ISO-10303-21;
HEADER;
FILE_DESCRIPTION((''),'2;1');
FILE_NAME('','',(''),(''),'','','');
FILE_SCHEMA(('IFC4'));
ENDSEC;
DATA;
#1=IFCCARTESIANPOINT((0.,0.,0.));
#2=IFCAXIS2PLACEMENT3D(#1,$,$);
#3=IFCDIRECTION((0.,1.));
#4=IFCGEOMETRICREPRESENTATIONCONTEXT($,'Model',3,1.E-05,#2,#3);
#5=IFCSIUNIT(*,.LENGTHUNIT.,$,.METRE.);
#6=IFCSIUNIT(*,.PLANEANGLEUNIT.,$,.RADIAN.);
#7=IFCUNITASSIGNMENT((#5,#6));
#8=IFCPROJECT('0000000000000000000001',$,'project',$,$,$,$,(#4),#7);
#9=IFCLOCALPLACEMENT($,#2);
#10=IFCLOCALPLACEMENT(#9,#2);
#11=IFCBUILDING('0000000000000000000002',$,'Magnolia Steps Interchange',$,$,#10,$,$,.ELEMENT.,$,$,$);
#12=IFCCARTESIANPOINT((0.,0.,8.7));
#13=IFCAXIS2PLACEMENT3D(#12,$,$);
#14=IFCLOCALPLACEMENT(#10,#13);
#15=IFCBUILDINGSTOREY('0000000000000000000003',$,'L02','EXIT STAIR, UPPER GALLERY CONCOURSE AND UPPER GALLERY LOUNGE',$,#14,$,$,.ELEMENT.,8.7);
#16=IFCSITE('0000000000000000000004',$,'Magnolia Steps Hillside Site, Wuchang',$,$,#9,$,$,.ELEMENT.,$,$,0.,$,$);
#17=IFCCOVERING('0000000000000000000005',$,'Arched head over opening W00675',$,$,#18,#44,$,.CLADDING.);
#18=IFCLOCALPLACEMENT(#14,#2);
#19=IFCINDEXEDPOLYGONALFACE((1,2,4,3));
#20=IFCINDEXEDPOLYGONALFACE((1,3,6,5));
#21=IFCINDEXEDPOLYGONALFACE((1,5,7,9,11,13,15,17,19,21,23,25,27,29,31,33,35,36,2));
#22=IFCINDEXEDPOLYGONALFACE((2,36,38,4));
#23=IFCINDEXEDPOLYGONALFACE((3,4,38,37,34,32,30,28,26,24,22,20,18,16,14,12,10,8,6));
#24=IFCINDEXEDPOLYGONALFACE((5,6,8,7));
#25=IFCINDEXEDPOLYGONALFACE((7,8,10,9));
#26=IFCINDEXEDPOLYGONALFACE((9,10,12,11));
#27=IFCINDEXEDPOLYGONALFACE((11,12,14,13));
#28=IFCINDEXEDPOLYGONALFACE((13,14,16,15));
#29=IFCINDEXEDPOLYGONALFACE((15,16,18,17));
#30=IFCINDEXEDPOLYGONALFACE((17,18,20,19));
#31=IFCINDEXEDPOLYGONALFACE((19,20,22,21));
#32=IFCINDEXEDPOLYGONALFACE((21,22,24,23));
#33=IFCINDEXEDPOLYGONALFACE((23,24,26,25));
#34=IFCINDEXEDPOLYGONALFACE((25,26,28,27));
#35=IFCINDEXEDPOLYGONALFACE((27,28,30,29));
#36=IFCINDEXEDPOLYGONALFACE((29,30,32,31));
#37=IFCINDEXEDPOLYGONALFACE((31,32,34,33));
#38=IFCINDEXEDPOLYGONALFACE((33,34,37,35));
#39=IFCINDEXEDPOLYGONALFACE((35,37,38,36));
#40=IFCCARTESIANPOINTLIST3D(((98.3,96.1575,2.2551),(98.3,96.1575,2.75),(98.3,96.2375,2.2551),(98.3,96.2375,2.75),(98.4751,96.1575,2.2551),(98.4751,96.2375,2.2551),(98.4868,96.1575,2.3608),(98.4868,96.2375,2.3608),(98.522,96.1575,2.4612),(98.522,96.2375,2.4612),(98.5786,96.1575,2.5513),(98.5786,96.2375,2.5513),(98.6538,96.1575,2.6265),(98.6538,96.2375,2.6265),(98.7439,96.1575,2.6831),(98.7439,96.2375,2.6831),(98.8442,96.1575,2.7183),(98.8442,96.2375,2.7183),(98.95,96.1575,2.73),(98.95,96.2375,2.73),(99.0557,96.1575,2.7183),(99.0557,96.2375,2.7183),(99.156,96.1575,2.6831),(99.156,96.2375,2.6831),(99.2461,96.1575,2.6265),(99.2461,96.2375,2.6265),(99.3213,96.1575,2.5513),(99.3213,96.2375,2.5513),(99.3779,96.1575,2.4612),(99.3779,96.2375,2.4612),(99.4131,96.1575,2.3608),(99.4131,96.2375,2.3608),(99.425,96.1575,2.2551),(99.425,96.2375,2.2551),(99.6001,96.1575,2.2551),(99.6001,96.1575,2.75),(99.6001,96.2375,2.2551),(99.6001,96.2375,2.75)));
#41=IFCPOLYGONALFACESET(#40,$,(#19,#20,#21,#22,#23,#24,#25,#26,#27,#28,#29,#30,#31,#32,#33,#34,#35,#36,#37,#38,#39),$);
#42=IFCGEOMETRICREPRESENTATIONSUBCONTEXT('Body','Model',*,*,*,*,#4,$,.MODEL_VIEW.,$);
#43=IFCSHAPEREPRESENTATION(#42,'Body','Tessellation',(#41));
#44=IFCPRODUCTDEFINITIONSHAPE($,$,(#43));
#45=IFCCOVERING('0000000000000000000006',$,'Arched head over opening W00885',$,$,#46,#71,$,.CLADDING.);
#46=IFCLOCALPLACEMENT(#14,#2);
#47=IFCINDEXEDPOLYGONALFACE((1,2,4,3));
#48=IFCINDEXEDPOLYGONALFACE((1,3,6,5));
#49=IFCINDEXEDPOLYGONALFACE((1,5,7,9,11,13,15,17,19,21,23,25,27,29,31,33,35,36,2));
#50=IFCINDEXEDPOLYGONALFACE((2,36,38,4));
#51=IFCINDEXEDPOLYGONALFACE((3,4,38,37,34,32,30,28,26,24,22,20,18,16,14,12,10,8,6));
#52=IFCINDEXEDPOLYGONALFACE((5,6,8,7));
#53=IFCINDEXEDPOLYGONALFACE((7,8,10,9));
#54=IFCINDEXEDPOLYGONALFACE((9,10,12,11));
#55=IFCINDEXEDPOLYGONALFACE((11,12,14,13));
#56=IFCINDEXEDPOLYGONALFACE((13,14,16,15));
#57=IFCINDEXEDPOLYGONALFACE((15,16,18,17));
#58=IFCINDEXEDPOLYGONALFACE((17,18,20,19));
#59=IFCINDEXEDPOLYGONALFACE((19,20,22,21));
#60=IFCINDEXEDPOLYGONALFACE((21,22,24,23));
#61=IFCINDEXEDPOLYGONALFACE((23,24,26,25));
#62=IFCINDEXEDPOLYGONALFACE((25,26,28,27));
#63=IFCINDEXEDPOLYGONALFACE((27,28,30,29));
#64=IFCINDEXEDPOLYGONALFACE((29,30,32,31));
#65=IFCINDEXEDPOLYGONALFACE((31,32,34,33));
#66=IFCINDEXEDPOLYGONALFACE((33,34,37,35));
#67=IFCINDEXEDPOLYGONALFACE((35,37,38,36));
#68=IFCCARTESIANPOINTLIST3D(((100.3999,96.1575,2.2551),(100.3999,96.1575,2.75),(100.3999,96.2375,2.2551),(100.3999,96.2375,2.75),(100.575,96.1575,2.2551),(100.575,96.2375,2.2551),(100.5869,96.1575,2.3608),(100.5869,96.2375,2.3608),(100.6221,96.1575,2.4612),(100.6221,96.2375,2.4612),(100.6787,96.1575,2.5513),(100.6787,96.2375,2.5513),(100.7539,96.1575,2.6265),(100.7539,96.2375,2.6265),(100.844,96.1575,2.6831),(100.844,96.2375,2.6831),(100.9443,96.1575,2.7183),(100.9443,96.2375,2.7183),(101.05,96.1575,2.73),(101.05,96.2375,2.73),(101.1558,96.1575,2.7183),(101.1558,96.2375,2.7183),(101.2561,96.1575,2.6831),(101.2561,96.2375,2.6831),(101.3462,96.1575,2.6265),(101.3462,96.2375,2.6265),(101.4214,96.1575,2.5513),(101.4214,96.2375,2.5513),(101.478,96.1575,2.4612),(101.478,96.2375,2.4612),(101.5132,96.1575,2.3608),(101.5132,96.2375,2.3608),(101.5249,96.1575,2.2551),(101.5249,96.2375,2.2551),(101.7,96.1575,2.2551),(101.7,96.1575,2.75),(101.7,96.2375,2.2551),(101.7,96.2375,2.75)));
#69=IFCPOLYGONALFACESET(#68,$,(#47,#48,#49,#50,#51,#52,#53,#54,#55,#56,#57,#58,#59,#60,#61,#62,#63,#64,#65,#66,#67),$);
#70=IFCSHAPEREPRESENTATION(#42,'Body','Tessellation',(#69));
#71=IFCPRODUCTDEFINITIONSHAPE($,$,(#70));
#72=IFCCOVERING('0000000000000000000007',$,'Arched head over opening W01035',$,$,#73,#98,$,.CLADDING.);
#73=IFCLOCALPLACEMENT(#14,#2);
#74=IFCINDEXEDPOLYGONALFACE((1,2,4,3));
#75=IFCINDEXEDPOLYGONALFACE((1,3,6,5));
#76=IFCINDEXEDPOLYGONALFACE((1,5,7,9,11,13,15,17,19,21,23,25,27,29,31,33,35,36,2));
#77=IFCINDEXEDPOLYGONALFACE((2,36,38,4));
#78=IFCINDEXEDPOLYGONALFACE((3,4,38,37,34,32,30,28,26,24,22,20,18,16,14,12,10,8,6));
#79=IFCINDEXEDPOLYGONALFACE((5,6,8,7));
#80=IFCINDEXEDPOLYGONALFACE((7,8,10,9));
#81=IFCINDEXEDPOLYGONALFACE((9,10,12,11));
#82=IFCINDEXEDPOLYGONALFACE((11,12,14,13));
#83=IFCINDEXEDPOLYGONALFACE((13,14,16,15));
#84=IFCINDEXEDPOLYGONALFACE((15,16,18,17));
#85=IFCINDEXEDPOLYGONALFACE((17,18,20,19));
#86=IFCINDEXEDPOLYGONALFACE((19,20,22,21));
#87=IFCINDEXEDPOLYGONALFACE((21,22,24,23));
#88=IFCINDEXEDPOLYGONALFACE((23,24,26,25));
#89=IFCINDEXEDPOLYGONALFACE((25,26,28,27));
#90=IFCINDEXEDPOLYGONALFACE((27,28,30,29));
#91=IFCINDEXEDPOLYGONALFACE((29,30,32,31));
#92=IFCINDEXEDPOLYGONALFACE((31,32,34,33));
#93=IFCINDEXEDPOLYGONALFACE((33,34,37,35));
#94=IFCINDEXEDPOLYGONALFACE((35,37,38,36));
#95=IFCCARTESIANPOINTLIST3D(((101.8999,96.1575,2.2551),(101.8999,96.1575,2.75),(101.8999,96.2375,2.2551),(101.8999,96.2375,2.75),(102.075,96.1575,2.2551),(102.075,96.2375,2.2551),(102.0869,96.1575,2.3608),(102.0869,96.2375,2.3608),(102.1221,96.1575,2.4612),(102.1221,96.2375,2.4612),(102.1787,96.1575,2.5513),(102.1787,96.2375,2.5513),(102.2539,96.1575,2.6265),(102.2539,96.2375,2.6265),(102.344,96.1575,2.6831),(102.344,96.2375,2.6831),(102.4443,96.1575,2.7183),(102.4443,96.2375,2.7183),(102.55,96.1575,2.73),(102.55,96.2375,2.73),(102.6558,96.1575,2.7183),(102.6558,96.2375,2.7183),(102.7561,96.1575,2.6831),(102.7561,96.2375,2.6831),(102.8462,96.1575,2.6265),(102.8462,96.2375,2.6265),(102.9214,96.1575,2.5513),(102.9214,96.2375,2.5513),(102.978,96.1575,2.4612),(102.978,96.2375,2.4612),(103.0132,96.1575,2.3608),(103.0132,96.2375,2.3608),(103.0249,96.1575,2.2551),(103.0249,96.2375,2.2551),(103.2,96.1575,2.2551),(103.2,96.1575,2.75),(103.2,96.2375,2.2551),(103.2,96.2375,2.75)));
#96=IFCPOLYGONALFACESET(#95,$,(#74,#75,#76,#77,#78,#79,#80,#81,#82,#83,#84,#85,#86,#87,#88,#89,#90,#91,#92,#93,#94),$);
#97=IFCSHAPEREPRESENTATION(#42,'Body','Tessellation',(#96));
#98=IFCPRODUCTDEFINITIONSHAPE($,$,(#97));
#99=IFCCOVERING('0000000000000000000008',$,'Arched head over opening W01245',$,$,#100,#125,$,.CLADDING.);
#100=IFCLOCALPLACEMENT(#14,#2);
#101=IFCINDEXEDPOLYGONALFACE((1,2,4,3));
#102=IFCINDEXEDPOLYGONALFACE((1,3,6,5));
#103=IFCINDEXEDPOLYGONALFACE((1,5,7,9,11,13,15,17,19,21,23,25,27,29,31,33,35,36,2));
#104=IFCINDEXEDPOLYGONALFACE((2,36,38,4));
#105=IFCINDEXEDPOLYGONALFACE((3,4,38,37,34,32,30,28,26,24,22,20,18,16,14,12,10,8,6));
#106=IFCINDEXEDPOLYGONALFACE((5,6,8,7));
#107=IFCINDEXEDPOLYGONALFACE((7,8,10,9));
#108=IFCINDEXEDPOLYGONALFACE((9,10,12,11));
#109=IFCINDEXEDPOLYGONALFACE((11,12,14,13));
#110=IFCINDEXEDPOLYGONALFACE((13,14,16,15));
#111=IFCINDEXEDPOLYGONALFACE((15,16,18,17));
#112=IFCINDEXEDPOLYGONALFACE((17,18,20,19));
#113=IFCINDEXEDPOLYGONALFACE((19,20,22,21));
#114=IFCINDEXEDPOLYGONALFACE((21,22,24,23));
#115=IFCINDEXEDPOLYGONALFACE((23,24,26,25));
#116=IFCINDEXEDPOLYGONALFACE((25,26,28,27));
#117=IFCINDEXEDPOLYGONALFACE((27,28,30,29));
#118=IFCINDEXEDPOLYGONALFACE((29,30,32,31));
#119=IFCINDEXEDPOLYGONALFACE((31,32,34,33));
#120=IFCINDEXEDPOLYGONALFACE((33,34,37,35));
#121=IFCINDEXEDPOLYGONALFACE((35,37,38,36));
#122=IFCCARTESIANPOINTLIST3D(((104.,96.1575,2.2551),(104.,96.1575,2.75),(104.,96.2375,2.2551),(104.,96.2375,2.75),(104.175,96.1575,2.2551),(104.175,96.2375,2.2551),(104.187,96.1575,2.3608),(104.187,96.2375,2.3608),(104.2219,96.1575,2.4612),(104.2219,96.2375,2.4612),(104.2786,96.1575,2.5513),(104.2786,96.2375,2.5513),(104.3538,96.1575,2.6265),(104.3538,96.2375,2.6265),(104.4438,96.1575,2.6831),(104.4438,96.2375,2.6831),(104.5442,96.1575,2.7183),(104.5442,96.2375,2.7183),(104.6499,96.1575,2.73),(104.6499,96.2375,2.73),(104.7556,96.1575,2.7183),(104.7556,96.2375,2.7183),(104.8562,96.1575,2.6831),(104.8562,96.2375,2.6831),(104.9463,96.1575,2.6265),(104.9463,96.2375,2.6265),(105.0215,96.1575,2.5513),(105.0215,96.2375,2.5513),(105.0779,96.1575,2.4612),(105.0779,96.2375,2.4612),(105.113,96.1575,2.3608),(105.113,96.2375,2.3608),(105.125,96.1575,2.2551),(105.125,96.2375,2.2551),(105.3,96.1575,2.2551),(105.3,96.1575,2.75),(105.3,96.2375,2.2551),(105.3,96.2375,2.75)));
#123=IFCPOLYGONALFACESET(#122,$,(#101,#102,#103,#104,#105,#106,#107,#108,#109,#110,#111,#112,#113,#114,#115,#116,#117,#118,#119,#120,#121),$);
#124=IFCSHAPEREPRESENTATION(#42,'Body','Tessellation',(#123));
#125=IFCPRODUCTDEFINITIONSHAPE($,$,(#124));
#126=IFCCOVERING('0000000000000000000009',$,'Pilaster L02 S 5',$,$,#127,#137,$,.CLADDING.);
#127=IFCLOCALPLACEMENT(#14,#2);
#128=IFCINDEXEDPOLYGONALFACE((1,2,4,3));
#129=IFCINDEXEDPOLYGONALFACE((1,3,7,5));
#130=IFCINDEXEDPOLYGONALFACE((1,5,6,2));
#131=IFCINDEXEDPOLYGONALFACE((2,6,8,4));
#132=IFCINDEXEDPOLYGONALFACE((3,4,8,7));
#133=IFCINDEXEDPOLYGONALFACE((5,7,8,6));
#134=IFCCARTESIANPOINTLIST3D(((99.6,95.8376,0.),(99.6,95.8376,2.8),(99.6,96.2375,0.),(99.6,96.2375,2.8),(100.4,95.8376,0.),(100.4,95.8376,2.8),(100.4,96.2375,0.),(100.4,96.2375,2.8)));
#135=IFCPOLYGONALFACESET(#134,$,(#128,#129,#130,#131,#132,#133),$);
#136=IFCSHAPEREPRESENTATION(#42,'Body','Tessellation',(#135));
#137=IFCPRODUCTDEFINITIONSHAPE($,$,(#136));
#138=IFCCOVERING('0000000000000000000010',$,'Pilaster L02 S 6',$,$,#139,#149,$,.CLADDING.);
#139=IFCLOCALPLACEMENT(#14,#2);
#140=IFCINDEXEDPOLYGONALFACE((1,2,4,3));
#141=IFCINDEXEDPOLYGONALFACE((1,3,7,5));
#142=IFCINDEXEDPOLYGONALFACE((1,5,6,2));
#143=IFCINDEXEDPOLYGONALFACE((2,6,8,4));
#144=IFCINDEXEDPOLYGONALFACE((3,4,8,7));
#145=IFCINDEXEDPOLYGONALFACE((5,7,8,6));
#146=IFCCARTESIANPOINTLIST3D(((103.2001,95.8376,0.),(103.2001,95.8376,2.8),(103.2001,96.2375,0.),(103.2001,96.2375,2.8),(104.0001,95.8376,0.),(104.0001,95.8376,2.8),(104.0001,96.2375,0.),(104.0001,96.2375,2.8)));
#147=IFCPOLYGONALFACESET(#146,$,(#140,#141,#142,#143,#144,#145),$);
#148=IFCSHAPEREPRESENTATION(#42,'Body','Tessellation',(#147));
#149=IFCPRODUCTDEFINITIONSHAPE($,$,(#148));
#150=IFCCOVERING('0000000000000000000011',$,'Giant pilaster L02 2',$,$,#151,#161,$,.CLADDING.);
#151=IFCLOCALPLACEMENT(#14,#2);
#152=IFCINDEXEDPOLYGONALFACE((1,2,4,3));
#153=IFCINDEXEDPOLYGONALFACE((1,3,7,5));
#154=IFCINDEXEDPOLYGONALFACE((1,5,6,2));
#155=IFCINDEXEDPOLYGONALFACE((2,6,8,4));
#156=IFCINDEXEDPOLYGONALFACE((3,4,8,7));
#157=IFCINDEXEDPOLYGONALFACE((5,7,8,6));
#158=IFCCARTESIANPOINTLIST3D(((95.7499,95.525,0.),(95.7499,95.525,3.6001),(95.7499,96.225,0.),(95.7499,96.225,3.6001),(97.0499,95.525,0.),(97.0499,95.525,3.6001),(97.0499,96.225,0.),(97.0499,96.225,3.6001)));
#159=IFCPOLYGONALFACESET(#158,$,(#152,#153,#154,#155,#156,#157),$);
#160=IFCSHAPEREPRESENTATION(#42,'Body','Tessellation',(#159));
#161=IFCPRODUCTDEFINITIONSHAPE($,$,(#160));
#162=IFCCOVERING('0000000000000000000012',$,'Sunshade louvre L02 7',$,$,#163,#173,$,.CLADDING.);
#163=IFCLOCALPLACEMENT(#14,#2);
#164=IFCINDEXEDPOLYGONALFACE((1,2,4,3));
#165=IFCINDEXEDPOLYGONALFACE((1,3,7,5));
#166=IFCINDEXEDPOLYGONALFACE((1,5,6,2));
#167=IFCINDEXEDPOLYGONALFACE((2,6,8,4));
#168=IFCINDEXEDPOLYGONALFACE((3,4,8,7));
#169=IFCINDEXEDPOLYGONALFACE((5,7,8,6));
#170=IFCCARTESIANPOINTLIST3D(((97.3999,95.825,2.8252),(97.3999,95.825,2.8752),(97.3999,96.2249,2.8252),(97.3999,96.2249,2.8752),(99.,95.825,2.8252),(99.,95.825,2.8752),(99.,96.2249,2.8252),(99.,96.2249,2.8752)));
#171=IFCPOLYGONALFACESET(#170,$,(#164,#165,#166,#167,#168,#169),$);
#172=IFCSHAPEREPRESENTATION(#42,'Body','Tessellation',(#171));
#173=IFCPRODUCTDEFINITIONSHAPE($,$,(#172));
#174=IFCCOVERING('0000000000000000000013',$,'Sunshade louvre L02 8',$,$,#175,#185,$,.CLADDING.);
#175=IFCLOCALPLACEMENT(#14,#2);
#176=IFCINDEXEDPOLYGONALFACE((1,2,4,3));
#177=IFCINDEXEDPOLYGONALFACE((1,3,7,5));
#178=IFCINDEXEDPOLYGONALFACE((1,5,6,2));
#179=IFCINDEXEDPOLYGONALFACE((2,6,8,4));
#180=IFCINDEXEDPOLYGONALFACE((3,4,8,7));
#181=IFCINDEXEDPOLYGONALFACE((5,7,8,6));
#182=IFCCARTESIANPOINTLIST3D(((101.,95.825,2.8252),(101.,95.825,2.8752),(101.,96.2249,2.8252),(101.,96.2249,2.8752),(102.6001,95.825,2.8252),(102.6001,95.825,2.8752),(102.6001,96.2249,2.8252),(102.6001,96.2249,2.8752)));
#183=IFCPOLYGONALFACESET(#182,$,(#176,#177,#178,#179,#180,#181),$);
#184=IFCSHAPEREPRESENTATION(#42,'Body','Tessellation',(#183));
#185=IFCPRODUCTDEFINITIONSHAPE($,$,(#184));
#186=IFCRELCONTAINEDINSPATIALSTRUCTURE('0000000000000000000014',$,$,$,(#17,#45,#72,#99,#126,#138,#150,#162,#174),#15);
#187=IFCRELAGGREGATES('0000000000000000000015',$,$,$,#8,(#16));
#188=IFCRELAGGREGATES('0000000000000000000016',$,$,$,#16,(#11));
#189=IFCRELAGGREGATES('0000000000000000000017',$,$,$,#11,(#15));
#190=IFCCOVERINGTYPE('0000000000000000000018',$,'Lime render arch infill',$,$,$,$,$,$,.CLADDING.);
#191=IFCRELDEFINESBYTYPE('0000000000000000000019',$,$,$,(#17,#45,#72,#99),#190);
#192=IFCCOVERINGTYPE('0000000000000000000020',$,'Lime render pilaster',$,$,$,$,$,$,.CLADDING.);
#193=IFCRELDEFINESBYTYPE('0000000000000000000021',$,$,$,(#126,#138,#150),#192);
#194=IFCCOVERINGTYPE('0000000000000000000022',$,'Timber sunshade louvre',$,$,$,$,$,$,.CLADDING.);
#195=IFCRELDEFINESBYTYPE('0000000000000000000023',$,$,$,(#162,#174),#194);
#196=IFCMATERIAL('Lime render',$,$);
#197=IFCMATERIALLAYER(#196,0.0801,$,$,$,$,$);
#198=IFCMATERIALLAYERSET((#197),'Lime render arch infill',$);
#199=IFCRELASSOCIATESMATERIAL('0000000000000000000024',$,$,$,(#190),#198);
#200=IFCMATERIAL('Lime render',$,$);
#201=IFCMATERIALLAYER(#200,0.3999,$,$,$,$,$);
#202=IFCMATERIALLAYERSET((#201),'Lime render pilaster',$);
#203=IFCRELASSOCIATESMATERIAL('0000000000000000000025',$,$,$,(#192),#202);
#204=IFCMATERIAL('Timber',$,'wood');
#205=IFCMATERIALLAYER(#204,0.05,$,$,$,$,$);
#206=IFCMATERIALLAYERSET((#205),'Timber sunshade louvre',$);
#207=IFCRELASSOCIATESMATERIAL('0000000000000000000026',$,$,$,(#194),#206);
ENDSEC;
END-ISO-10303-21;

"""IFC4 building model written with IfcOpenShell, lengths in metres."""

from ifc_helpers import new_model, si_unit, direction, frame, origin, origin_2d, place, context, subcontext, project, spatial, polyline, rectangle, outline, extrude, material, layer, layer_set, type_object, element, save


model = new_model("IFC4")

# Units and contexts
model_context = context("Model", 3, precision=1e-05, world=origin(), true_north=direction((0.0, 1.0)))
body_context = subcontext(model_context, "Body", "Model", "MODEL_VIEW")
ifc_project = project(units=[si_unit("LENGTHUNIT", "METRE"), si_unit("PLANEANGLEUNIT", "RADIAN")], contexts=[model_context])

# Site, building, storey
site_placement = place(None, origin())
site = spatial("IfcSite", under=ifc_project, at=site_placement, Name="Magnolia Steps Hillside Site, Wuchang", CompositionType="ELEMENT", RefElevation=0.0)
building_placement = place(site_placement, origin())
building = spatial("IfcBuilding", under=site, at=building_placement, Name="Magnolia Steps Interchange", CompositionType="ELEMENT")
storey_placement = place(building_placement, frame((0.0, 0.0, 8.7)))
storey = spatial("IfcBuildingStorey", under=building, at=storey_placement, Name="L02", Description="EXIT STAIR, UPPER GALLERY CONCOURSE AND UPPER GALLERY LOUNGE", CompositionType="ELEMENT", Elevation=8.7)

# Coverings
ifc_material_1 = material(Name="Lime render")
ifc_layer_1 = layer(ifc_material_1, 0.0801)
ifc_layer_set_1 = layer_set([ifc_layer_1], Name="Lime render arch infill")
covering_type_1 = type_object("IfcCoveringType", Name="Lime render arch infill", PredefinedType="CLADDING", material=ifc_layer_set_1)
for number, where, z_axis, x_axis, name in (
    (1, (98.3, 96.2375, 2.2551), (0.0, 1.0, 0.0), (0.0, 0.0, 1.0), "Arched head over opening W00675"),
):
    element("IfcCovering", number, at=place(storey_placement, frame(where, z_axis=z_axis, x_axis=x_axis)), inside=storey, type_object=covering_type_1, Name=name, PredefinedType="CLADDING", context=body_context, shape_type="SweptSolid", body=[
        extrude(outline(polyline([(0.0, 0.0), (0.4949, 0.0), (0.4949, 1.3), (0.0, 1.3), (0.0, 1.125), (0.1057, 1.113), (0.2061, 1.0779), (0.2961, 1.0212), (0.3713, 0.946), (0.428, 0.856), (0.4631, 0.7556), (0.4749, 0.6499), (0.4631, 0.5442), (0.428, 0.4438), (0.3713, 0.3538), (0.2961, 0.2786), (0.2061, 0.2219), (0.1057, 0.1868), (0.0, 0.175), (0.0, 0.0)])), origin(), (0.0, 0.0, -1.0), 0.0801),
    ])
for number, where, z_axis, x_axis, name in (
    (2, (100.3999, 96.2375, 2.2551), (0.0, 1.0, 0.0), (0.0, 0.0, 1.0), "Arched head over opening W00885"),
    (3, (101.8999, 96.2375, 2.2551), (0.0, 1.0, 0.0), (0.0, 0.0, 1.0), "Arched head over opening W01035"),
):
    element("IfcCovering", number, at=place(storey_placement, frame(where, z_axis=z_axis, x_axis=x_axis)), inside=storey, type_object=covering_type_1, Name=name, PredefinedType="CLADDING", context=body_context, shape_type="SweptSolid", body=[
        extrude(outline(polyline([(0.0, 0.0), (0.4949, 0.0), (0.4949, 1.3), (0.0, 1.3), (0.0, 1.125), (0.1057, 1.1133), (0.2061, 1.0781), (0.2961, 1.0215), (0.3713, 0.9463), (0.428, 0.8562), (0.4631, 0.7559), (0.4749, 0.6501), (0.4631, 0.5444), (0.428, 0.4441), (0.3713, 0.354), (0.2961, 0.2788), (0.2061, 0.2222), (0.1057, 0.187), (0.0, 0.175), (0.0, 0.0)])), origin(), (0.0, 0.0, -1.0), 0.0801),
    ])
covering_1_placement = place(storey_placement, frame((104.0, 96.2375, 2.2551), z_axis=(0.0, 1.0, 0.0), x_axis=(0.0, 0.0, 1.0)))
element("IfcCovering", 4, at=covering_1_placement, inside=storey, type_object=covering_type_1, Name="Arched head over opening W01245", PredefinedType="CLADDING", context=body_context, shape_type="SweptSolid", body=[
    extrude(outline(polyline([(0.0, 0.0), (0.4949, 0.0), (0.4949, 1.3), (0.0, 1.3), (0.0, 1.125), (0.1057, 1.113), (0.2061, 1.0779), (0.2961, 1.0215), (0.3713, 0.9463), (0.428, 0.8562), (0.4631, 0.7556), (0.4749, 0.6499), (0.4631, 0.5442), (0.428, 0.4438), (0.3713, 0.3538), (0.2961, 0.2786), (0.2061, 0.2219), (0.1057, 0.187), (0.0, 0.175), (0.0, 0.0)])), origin(), (0.0, 0.0, -1.0), 0.0801),
])
ifc_material_2 = material(Name="Lime render")
ifc_layer_2 = layer(ifc_material_2, 0.3999)
ifc_layer_set_2 = layer_set([ifc_layer_2], Name="Lime render pilaster")
covering_type_2 = type_object("IfcCoveringType", Name="Lime render pilaster", PredefinedType="CLADDING", material=ifc_layer_set_2)
for number, where, z_axis, x_axis, name in (
    (5, (100.0, 96.0376, 0.0), (0.0, 0.0, 1.0), (1.0, 0.0, 0.0), "Pilaster L02 S 5"),
    (6, (103.6001, 96.0376, 0.0), (0.0, 0.0, 1.0), (1.0, 0.0, 0.0), "Pilaster L02 S 6"),
):
    element("IfcCovering", number, at=place(storey_placement, frame(where, z_axis=z_axis, x_axis=x_axis)), inside=storey, type_object=covering_type_2, Name=name, PredefinedType="CLADDING", context=body_context, shape_type="SweptSolid", body=[
        extrude(rectangle(XDim=0.8, YDim=0.3999, at=origin_2d()), origin(), (0.0, 0.0, 1.0), 2.8),
    ])
covering_2_placement = place(storey_placement, frame((96.3999, 95.875, 0.0), z_axis=(0.0, 0.0, 1.0), x_axis=(1.0, 0.0, 0.0)))
element("IfcCovering", 7, at=covering_2_placement, inside=storey, type_object=covering_type_2, Name="Giant pilaster L02 2", PredefinedType="CLADDING", context=body_context, shape_type="SweptSolid", body=[
    extrude(rectangle(XDim=1.3, YDim=0.7, at=origin_2d()), origin(), (0.0, 0.0, 1.0), 3.6001),
])
ifc_material_3 = material(Name="Timber", Category="wood")
ifc_layer_3 = layer(ifc_material_3, 0.05)
ifc_layer_set_3 = layer_set([ifc_layer_3], Name="Timber sunshade louvre")
covering_type_3 = type_object("IfcCoveringType", Name="Timber sunshade louvre", PredefinedType="CLADDING", material=ifc_layer_set_3)
for number, where, z_axis, x_axis, name in (
    (8, (98.2, 96.0249, 2.8252), (0.0, 0.0, 1.0), (1.0, 0.0, 0.0), "Sunshade louvre L02 7"),
    (9, (101.8, 96.0249, 2.8252), (0.0, 0.0, 1.0), (1.0, 0.0, 0.0), "Sunshade louvre L02 8"),
):
    element("IfcCovering", number, at=place(storey_placement, frame(where, z_axis=z_axis, x_axis=x_axis)), inside=storey, type_object=covering_type_3, Name=name, PredefinedType="CLADDING", context=body_context, shape_type="SweptSolid", body=[
        extrude(rectangle(XDim=1.6001, YDim=0.3999, at=origin_2d()), origin(), (0.0, 0.0, 1.0), 0.05),
    ])

save(model, "model.ifc")
